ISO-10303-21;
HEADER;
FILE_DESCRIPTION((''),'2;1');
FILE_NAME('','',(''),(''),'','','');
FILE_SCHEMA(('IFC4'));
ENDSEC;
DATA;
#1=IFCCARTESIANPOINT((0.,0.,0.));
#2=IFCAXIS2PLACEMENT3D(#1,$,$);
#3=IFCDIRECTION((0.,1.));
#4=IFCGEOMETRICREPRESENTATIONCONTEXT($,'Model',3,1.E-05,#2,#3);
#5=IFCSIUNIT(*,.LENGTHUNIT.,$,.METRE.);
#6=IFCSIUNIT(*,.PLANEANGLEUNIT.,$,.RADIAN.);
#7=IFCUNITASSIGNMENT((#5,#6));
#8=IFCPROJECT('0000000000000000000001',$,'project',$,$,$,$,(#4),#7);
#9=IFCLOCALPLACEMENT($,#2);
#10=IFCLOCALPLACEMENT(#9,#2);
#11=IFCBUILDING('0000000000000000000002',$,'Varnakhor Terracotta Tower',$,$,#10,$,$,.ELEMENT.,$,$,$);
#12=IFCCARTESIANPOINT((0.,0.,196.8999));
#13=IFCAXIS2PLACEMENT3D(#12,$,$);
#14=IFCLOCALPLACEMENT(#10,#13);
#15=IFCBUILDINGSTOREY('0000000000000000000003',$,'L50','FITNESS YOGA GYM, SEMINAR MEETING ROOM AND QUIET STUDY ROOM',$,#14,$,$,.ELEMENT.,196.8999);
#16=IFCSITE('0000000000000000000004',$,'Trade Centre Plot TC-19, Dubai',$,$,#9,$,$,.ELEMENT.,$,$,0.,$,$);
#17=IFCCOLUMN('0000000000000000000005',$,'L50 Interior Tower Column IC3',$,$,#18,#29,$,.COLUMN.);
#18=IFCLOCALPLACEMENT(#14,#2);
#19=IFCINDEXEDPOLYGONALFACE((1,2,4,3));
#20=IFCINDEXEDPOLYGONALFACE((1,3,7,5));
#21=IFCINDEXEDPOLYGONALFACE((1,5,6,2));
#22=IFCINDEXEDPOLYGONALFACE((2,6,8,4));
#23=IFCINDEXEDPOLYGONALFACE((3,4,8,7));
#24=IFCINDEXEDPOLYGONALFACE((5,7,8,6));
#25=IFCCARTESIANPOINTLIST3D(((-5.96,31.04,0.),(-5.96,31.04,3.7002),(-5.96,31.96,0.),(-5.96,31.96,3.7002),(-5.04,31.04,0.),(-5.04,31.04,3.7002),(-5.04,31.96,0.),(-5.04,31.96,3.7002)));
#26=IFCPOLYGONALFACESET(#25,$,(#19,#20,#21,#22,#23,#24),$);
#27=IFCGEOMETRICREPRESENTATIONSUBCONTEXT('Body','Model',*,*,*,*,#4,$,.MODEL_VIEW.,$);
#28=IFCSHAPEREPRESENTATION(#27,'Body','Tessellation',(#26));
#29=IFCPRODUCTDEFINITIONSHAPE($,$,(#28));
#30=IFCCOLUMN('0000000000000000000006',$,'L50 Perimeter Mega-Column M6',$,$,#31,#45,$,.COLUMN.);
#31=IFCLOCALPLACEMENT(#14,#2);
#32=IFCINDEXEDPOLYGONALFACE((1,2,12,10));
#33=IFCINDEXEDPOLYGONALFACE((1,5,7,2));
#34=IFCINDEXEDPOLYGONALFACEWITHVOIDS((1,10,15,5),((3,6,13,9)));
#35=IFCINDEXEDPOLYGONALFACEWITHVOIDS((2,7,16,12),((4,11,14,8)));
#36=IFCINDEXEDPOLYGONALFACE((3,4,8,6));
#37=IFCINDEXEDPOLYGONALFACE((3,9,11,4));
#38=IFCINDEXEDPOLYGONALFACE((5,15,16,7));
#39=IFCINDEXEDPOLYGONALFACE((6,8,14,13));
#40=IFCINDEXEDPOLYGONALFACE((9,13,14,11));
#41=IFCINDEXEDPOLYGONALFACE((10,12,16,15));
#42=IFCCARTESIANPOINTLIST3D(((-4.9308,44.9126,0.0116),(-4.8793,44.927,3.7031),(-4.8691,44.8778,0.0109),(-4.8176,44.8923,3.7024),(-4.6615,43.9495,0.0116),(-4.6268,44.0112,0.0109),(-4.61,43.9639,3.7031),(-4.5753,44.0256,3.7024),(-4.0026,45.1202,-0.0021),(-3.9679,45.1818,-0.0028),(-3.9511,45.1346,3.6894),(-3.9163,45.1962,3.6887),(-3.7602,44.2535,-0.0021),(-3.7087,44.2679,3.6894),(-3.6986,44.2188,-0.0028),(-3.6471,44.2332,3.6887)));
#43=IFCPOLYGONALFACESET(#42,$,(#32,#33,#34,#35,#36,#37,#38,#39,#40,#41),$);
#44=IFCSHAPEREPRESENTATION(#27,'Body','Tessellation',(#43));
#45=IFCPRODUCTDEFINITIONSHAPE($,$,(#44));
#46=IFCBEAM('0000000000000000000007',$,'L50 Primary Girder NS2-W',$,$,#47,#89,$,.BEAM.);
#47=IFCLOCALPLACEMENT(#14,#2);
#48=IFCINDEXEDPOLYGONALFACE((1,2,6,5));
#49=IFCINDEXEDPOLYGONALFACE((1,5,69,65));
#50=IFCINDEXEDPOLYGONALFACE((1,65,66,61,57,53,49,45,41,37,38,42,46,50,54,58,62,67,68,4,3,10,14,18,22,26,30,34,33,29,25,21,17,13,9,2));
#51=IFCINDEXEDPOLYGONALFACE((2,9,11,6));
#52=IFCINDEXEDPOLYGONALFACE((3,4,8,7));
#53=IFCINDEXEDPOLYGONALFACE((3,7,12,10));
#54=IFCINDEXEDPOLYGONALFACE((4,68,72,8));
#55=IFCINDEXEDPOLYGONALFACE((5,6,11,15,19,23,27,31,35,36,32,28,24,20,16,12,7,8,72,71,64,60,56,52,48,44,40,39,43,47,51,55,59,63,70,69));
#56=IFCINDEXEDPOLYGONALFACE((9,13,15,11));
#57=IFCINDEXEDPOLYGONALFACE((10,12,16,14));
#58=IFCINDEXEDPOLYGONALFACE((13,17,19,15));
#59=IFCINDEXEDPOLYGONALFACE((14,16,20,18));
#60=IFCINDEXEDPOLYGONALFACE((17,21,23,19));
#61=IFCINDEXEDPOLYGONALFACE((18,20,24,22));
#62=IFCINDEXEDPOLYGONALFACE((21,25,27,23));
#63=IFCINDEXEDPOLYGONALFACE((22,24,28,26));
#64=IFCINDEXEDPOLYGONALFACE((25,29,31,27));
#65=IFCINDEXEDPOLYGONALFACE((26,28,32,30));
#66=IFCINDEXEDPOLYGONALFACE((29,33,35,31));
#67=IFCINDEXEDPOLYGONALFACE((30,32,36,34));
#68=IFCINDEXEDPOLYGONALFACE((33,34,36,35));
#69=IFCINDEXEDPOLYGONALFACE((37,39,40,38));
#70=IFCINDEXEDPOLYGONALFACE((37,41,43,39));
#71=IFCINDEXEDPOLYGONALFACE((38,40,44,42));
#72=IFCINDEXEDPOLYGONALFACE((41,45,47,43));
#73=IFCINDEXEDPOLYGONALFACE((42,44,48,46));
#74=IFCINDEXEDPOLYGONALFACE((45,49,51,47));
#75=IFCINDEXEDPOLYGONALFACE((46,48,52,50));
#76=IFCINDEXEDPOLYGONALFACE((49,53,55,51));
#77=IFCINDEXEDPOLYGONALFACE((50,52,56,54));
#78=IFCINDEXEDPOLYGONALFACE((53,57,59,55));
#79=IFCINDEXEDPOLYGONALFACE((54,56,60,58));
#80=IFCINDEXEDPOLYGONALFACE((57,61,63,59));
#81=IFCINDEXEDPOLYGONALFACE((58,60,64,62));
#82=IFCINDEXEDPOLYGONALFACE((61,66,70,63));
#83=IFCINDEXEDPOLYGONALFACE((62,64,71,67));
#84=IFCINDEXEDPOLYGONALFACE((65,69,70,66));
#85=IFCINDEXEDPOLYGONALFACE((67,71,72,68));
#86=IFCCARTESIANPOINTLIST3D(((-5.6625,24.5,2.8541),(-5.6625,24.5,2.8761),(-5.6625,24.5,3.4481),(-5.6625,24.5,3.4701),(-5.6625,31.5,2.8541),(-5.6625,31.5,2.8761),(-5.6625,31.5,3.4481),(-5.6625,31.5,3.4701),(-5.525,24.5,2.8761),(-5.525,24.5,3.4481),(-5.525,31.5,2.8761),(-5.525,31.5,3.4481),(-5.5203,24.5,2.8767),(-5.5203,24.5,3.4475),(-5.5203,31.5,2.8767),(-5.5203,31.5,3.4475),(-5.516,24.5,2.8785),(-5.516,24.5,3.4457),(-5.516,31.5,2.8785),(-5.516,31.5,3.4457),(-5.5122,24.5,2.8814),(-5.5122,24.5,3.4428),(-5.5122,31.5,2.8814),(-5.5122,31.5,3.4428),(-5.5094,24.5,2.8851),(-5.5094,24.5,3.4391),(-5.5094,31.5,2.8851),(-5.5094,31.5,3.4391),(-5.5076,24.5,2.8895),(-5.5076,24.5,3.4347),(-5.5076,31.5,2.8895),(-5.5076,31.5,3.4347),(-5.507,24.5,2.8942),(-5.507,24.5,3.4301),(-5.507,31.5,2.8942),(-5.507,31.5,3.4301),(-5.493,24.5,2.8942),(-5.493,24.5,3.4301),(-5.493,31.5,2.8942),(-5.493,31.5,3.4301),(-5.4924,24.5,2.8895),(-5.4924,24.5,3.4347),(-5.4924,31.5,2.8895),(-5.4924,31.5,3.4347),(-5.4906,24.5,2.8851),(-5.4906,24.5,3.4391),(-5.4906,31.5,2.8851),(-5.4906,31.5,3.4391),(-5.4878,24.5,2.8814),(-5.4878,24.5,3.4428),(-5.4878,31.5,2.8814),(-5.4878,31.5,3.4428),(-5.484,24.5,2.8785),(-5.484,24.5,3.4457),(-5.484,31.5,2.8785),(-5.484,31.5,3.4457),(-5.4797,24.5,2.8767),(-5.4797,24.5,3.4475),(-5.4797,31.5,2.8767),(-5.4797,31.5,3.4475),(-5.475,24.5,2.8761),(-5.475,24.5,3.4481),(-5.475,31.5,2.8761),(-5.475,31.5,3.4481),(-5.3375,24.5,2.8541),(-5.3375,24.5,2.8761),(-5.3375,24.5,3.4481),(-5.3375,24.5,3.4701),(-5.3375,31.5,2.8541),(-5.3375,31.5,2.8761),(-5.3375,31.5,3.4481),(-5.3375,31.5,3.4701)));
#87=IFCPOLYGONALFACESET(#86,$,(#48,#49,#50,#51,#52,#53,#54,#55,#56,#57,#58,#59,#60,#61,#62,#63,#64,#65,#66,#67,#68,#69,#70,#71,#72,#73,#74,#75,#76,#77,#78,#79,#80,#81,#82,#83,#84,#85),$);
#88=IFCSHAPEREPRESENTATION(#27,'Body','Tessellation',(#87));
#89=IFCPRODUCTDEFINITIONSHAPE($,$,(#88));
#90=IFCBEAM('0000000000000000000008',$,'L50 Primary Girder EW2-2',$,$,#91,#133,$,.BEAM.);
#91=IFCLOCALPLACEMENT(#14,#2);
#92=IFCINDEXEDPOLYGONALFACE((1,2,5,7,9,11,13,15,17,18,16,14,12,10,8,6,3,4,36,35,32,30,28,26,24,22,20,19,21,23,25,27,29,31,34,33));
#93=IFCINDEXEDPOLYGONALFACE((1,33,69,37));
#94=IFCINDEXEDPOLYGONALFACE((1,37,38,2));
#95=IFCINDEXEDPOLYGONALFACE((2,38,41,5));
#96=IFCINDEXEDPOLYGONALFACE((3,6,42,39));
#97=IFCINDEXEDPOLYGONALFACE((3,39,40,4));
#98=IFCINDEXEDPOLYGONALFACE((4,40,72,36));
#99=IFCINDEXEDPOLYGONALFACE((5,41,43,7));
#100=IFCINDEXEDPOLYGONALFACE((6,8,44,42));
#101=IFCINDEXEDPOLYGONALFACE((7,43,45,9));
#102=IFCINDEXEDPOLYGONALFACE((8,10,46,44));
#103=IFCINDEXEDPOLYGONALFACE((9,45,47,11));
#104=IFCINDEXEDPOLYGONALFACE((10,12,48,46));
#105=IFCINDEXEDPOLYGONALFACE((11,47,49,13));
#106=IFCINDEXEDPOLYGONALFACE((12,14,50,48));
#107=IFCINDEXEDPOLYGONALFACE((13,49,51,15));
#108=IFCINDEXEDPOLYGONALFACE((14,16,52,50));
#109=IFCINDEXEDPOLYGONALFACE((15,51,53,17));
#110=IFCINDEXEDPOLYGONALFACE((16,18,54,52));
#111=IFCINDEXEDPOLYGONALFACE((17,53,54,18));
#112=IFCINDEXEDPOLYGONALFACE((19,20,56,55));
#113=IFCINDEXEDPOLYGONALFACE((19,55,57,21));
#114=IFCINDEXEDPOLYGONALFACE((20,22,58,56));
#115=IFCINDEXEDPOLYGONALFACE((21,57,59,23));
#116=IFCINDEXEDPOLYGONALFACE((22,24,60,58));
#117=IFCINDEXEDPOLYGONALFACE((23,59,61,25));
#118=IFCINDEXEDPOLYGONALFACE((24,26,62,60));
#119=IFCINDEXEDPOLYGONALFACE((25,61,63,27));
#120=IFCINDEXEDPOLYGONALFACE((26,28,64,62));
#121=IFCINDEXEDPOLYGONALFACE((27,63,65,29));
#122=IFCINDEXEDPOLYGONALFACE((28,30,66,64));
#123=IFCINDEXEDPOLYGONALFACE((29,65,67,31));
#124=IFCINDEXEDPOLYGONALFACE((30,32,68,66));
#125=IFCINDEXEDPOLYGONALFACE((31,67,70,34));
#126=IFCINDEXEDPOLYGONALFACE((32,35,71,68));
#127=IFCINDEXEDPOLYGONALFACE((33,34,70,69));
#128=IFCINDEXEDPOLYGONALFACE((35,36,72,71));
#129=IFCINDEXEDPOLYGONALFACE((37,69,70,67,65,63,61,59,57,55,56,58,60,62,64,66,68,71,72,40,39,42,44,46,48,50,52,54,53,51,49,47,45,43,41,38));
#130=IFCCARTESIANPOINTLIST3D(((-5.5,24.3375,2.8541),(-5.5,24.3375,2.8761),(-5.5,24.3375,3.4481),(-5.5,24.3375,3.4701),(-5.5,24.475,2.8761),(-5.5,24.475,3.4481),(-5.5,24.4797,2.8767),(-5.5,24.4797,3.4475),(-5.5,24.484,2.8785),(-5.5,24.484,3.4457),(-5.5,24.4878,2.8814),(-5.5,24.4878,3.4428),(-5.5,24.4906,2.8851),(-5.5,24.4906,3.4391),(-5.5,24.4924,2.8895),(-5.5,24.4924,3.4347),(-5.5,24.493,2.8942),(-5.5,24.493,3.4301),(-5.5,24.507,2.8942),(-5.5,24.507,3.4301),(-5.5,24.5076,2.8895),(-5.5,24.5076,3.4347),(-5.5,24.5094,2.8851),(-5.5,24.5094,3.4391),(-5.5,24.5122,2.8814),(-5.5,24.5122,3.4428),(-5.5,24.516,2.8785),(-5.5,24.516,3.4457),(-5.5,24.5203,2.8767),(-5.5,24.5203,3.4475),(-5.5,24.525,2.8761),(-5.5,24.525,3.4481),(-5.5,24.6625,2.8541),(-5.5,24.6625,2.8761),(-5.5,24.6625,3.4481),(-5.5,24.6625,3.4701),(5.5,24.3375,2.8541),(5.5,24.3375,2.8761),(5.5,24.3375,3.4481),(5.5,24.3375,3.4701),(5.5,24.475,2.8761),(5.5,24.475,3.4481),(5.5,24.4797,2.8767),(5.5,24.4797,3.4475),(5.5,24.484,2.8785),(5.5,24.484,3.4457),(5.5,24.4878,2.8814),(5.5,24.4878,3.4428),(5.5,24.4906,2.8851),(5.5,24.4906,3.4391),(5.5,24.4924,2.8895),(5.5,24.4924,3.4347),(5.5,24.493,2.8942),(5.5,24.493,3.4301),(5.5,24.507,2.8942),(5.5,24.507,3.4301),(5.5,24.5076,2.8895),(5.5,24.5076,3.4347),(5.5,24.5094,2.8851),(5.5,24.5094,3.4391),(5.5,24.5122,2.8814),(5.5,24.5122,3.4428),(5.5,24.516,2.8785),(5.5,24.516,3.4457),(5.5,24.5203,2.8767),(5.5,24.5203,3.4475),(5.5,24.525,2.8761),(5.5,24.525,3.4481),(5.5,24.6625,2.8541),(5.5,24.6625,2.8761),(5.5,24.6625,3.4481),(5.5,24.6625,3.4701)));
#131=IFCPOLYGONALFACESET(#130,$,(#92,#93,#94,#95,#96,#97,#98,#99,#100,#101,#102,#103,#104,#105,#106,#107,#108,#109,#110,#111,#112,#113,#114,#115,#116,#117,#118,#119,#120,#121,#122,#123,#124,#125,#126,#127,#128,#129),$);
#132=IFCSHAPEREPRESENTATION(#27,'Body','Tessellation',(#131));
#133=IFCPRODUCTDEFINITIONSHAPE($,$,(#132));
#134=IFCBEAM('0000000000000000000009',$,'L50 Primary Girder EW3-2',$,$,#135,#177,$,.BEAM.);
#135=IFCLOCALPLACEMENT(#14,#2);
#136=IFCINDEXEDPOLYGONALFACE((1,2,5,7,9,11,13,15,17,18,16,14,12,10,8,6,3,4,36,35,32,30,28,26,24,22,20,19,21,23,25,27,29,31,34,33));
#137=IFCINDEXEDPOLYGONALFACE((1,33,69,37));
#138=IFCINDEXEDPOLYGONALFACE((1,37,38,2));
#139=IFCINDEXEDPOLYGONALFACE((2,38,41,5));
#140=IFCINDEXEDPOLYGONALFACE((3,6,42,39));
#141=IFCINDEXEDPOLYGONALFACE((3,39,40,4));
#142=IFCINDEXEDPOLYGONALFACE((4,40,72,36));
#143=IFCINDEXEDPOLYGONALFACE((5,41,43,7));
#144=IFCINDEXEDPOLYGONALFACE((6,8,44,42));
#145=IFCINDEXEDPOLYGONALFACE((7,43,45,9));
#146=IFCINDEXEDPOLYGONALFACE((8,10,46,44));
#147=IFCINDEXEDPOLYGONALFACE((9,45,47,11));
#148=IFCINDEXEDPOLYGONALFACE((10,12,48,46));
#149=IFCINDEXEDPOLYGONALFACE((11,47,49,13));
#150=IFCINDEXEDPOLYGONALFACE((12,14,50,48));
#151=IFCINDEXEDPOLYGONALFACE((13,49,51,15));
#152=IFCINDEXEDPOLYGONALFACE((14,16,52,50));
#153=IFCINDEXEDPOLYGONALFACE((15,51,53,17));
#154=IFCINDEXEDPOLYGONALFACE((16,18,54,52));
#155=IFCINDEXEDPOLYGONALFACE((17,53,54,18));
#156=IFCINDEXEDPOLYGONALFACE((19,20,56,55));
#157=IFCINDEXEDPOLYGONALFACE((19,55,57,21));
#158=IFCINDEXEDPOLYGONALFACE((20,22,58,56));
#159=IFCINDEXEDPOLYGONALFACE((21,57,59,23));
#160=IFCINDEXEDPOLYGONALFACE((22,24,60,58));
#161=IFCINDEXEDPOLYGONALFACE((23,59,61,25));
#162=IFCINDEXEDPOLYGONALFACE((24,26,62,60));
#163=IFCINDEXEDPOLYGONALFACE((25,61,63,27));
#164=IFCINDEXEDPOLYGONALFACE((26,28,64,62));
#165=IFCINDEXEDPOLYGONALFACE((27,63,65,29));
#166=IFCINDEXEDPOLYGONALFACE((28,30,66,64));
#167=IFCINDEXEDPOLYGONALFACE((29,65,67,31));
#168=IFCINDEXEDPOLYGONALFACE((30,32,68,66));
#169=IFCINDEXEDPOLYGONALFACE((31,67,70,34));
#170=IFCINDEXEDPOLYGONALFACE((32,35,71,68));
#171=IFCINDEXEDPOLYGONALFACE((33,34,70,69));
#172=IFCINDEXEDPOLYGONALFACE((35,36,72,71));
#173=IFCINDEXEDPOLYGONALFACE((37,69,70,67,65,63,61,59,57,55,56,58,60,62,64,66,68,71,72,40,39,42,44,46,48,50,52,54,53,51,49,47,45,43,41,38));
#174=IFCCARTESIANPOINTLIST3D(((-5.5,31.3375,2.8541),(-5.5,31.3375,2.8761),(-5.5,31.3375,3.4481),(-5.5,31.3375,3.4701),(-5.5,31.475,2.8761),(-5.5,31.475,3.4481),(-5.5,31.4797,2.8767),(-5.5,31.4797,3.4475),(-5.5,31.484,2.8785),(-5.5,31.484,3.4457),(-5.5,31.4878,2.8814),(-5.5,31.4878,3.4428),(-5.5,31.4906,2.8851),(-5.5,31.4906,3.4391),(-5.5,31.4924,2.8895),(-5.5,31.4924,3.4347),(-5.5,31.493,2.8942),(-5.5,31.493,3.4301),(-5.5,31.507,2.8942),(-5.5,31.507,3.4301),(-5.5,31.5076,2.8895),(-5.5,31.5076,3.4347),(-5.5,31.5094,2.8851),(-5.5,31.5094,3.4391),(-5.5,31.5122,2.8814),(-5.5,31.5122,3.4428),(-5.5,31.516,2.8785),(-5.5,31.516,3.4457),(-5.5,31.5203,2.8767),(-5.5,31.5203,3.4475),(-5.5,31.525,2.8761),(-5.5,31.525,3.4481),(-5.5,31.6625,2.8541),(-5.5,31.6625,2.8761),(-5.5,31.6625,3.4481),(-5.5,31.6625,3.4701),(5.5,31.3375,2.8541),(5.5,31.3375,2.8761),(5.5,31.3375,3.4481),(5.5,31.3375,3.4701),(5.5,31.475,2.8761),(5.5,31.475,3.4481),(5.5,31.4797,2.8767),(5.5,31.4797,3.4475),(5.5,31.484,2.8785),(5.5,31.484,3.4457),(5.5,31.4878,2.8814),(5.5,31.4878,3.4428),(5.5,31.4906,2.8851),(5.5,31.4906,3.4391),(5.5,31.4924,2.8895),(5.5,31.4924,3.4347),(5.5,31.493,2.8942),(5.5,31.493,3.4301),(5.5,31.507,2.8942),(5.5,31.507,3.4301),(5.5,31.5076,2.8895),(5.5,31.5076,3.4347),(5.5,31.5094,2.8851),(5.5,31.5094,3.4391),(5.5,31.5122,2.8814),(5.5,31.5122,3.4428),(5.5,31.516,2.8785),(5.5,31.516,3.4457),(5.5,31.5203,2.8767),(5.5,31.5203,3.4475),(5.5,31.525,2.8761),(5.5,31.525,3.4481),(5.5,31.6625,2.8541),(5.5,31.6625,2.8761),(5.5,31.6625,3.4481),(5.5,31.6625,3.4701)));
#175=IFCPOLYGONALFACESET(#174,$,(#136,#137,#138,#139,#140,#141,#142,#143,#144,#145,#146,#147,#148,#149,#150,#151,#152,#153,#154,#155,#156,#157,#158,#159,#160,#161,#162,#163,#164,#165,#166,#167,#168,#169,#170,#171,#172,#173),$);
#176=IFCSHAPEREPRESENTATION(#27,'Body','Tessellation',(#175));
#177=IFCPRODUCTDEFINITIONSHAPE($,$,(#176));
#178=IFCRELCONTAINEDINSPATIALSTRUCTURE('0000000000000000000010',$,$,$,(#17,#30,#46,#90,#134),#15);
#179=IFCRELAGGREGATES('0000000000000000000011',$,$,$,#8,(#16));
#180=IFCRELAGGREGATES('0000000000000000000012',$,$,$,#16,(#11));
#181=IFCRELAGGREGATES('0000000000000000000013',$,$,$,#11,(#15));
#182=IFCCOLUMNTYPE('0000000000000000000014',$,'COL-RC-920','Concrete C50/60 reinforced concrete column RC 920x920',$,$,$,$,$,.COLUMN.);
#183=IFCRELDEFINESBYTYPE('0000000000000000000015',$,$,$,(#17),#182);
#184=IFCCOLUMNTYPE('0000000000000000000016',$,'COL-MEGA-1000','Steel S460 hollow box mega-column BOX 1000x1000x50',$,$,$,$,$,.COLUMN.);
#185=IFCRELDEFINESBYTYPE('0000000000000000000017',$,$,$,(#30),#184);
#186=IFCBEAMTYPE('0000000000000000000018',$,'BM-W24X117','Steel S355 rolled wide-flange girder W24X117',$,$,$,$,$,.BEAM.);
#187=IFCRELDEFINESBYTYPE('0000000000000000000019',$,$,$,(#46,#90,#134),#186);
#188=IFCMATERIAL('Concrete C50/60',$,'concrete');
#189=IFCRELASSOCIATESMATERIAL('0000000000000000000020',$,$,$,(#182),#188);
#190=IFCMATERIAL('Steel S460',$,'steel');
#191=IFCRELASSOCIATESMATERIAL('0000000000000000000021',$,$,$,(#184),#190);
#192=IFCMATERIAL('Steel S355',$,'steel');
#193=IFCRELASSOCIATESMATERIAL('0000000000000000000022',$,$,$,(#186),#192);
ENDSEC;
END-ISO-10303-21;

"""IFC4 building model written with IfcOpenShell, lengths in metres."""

from ifc_helpers import new_model, si_unit, direction, frame, origin, origin_2d, place, context, subcontext, project, spatial, rectangle, hollow_rectangle, i_section, extrude, source, transform, mapped, material, material_profile, profile_set, type_object, element, save


model = new_model("IFC4")

# Units and contexts
model_context = context("Model", 3, precision=1e-05, world=origin(), true_north=direction((0.0, 1.0)))
body_context = subcontext(model_context, "Body", "Model", "MODEL_VIEW")
ifc_project = project(units=[si_unit("LENGTHUNIT", "METRE"), si_unit("PLANEANGLEUNIT", "RADIAN")], contexts=[model_context])

# Site, building, storey
site_placement = place(None, origin())
site = spatial("IfcSite", under=ifc_project, at=site_placement, Name="Trade Centre Plot TC-19, Dubai", CompositionType="ELEMENT", RefElevation=0.0)
building_placement = place(site_placement, origin())
building = spatial("IfcBuilding", under=site, at=building_placement, Name="Varnakhor Terracotta Tower", CompositionType="ELEMENT")
storey_placement = place(building_placement, frame((0.0, 0.0, 196.8999)))
storey = spatial("IfcBuildingStorey", under=building, at=storey_placement, Name="L50", Description="FITNESS YOGA GYM, SEMINAR MEETING ROOM AND QUIET STUDY ROOM", CompositionType="ELEMENT", Elevation=196.8999)

# Columns
ifc_material_1 = material(Name="Concrete C50/60", Category="concrete")
ifc_material_profile_1 = material_profile(ifc_material_1, rectangle(XDim=0.9199, YDim=0.9199, at=origin_2d()), Name="RC 920x920")
ifc_profile_set_1 = profile_set([ifc_material_profile_1], Name="Concrete C50/60")
column_type_1 = type_object("IfcColumnType", Name="COL-RC-920", Description="Concrete C50/60 reinforced concrete column RC 920x920", PredefinedType="COLUMN", material=ifc_profile_set_1)
shared_shape_1 = source(origin(), body_context, "Body", "SweptSolid", [
    extrude(rectangle(XDim=0.9199, YDim=0.9199, at=origin_2d()), origin(), (0.0, 0.0, 1.0), 3.7002),
])
column_1_placement = place(storey_placement, frame((-5.5, 31.5, 0.0), z_axis=(0.0, 0.0, 1.0), x_axis=(1.0, 0.0, 0.0)))
element("IfcColumn", 1, at=column_1_placement, inside=storey, type_object=column_type_1, Name="L50 Interior Tower Column IC3", PredefinedType="COLUMN", context=body_context, shape_type="MappedRepresentation", body=[
    mapped(shared_shape_1, transform((0.0, 0.0, 0.0), scale=1.0)),
])
ifc_material_2 = material(Name="Steel S460", Category="steel")
ifc_material_profile_2 = material_profile(ifc_material_2, hollow_rectangle(XDim=1.0, YDim=1.0, WallThickness=0.05, at=origin_2d()), Name="BOX 1000x1000x50")
ifc_profile_set_2 = profile_set([ifc_material_profile_2], Name="Steel S460")
column_type_2 = type_object("IfcColumnType", Name="COL-MEGA-1000", Description="Steel S460 hollow box mega-column BOX 1000x1000x50", PredefinedType="COLUMN", material=ifc_profile_set_2)
shared_shape_2 = source(origin(), body_context, "Body", "SweptSolid", [
    extrude(hollow_rectangle(XDim=1.0, YDim=1.0, WallThickness=0.05, at=origin_2d()), origin(), (0.0, 0.0, 1.0), 3.6919),
])
column_2_placement = place(storey_placement, frame((-4.3147, 44.5657, 0.0044), z_axis=(0.013954, 0.003902, 0.999895), x_axis=(-0.269291, 0.963059, 0.0)))
element("IfcColumn", 2, at=column_2_placement, inside=storey, type_object=column_type_2, Name="L50 Perimeter Mega-Column M6", PredefinedType="COLUMN", context=body_context, shape_type="MappedRepresentation", body=[
    mapped(shared_shape_2, transform((0.0, 0.0, 0.0), scale=1.0)),
])

# Beams
ifc_material_3 = material(Name="Steel S355", Category="steel")
ifc_material_profile_3 = material_profile(ifc_material_3, i_section(OverallWidth=0.325, OverallDepth=0.616, WebThickness=0.0139, FlangeThickness=0.022, FilletRadius=0.0181, at=origin_2d()), Name="W24X117")
ifc_profile_set_3 = profile_set([ifc_material_profile_3], Name="Steel S355")
beam_type_1 = type_object("IfcBeamType", Name="BM-W24X117", Description="Steel S355 rolled wide-flange girder W24X117", PredefinedType="BEAM", material=ifc_profile_set_3)
shared_shape_3 = source(origin(), body_context, "Body", "SweptSolid", [
    extrude(i_section(OverallWidth=0.325, OverallDepth=0.616, WebThickness=0.0139, FlangeThickness=0.022, FilletRadius=0.0181, at=origin_2d()), origin(), (0.0, 0.0, 1.0), 7.0),
])
beam_1_placement = place(storey_placement, frame((-5.5, 24.5, 3.1621), z_axis=(0.0, 1.0, 0.0), x_axis=(-1.0, 0.0, 0.0)))
element("IfcBeam", 3, at=beam_1_placement, inside=storey, type_object=beam_type_1, Name="L50 Primary Girder NS2-W", PredefinedType="BEAM", context=body_context, shape_type="MappedRepresentation", body=[
    mapped(shared_shape_3, transform((0.0, 0.0, 0.0), scale=1.0)),
])
shared_shape_4 = source(origin(), body_context, "Body", "SweptSolid", [
    extrude(i_section(OverallWidth=0.325, OverallDepth=0.616, WebThickness=0.0139, FlangeThickness=0.022, FilletRadius=0.0181, at=origin_2d()), origin(), (0.0, 0.0, 1.0), 11.0),
])
for number, where, z_axis, x_axis, name in (
    (4, (-5.5, 24.5, 3.1621), (1.0, 0.0, 0.0), (0.0, 1.0, 0.0), "L50 Primary Girder EW2-2"),
    (5, (-5.5, 31.5, 3.1621), (1.0, 0.0, 0.0), (0.0, 1.0, 0.0), "L50 Primary Girder EW3-2"),
):
    element("IfcBeam", number, at=place(storey_placement, frame(where, z_axis=z_axis, x_axis=x_axis)), inside=storey, type_object=beam_type_1, Name=name, PredefinedType="BEAM", context=body_context, shape_type="MappedRepresentation", body=[
        mapped(shared_shape_4, transform((0.0, 0.0, 0.0), scale=1.0)),
    ])

save(model, "model.ifc")
